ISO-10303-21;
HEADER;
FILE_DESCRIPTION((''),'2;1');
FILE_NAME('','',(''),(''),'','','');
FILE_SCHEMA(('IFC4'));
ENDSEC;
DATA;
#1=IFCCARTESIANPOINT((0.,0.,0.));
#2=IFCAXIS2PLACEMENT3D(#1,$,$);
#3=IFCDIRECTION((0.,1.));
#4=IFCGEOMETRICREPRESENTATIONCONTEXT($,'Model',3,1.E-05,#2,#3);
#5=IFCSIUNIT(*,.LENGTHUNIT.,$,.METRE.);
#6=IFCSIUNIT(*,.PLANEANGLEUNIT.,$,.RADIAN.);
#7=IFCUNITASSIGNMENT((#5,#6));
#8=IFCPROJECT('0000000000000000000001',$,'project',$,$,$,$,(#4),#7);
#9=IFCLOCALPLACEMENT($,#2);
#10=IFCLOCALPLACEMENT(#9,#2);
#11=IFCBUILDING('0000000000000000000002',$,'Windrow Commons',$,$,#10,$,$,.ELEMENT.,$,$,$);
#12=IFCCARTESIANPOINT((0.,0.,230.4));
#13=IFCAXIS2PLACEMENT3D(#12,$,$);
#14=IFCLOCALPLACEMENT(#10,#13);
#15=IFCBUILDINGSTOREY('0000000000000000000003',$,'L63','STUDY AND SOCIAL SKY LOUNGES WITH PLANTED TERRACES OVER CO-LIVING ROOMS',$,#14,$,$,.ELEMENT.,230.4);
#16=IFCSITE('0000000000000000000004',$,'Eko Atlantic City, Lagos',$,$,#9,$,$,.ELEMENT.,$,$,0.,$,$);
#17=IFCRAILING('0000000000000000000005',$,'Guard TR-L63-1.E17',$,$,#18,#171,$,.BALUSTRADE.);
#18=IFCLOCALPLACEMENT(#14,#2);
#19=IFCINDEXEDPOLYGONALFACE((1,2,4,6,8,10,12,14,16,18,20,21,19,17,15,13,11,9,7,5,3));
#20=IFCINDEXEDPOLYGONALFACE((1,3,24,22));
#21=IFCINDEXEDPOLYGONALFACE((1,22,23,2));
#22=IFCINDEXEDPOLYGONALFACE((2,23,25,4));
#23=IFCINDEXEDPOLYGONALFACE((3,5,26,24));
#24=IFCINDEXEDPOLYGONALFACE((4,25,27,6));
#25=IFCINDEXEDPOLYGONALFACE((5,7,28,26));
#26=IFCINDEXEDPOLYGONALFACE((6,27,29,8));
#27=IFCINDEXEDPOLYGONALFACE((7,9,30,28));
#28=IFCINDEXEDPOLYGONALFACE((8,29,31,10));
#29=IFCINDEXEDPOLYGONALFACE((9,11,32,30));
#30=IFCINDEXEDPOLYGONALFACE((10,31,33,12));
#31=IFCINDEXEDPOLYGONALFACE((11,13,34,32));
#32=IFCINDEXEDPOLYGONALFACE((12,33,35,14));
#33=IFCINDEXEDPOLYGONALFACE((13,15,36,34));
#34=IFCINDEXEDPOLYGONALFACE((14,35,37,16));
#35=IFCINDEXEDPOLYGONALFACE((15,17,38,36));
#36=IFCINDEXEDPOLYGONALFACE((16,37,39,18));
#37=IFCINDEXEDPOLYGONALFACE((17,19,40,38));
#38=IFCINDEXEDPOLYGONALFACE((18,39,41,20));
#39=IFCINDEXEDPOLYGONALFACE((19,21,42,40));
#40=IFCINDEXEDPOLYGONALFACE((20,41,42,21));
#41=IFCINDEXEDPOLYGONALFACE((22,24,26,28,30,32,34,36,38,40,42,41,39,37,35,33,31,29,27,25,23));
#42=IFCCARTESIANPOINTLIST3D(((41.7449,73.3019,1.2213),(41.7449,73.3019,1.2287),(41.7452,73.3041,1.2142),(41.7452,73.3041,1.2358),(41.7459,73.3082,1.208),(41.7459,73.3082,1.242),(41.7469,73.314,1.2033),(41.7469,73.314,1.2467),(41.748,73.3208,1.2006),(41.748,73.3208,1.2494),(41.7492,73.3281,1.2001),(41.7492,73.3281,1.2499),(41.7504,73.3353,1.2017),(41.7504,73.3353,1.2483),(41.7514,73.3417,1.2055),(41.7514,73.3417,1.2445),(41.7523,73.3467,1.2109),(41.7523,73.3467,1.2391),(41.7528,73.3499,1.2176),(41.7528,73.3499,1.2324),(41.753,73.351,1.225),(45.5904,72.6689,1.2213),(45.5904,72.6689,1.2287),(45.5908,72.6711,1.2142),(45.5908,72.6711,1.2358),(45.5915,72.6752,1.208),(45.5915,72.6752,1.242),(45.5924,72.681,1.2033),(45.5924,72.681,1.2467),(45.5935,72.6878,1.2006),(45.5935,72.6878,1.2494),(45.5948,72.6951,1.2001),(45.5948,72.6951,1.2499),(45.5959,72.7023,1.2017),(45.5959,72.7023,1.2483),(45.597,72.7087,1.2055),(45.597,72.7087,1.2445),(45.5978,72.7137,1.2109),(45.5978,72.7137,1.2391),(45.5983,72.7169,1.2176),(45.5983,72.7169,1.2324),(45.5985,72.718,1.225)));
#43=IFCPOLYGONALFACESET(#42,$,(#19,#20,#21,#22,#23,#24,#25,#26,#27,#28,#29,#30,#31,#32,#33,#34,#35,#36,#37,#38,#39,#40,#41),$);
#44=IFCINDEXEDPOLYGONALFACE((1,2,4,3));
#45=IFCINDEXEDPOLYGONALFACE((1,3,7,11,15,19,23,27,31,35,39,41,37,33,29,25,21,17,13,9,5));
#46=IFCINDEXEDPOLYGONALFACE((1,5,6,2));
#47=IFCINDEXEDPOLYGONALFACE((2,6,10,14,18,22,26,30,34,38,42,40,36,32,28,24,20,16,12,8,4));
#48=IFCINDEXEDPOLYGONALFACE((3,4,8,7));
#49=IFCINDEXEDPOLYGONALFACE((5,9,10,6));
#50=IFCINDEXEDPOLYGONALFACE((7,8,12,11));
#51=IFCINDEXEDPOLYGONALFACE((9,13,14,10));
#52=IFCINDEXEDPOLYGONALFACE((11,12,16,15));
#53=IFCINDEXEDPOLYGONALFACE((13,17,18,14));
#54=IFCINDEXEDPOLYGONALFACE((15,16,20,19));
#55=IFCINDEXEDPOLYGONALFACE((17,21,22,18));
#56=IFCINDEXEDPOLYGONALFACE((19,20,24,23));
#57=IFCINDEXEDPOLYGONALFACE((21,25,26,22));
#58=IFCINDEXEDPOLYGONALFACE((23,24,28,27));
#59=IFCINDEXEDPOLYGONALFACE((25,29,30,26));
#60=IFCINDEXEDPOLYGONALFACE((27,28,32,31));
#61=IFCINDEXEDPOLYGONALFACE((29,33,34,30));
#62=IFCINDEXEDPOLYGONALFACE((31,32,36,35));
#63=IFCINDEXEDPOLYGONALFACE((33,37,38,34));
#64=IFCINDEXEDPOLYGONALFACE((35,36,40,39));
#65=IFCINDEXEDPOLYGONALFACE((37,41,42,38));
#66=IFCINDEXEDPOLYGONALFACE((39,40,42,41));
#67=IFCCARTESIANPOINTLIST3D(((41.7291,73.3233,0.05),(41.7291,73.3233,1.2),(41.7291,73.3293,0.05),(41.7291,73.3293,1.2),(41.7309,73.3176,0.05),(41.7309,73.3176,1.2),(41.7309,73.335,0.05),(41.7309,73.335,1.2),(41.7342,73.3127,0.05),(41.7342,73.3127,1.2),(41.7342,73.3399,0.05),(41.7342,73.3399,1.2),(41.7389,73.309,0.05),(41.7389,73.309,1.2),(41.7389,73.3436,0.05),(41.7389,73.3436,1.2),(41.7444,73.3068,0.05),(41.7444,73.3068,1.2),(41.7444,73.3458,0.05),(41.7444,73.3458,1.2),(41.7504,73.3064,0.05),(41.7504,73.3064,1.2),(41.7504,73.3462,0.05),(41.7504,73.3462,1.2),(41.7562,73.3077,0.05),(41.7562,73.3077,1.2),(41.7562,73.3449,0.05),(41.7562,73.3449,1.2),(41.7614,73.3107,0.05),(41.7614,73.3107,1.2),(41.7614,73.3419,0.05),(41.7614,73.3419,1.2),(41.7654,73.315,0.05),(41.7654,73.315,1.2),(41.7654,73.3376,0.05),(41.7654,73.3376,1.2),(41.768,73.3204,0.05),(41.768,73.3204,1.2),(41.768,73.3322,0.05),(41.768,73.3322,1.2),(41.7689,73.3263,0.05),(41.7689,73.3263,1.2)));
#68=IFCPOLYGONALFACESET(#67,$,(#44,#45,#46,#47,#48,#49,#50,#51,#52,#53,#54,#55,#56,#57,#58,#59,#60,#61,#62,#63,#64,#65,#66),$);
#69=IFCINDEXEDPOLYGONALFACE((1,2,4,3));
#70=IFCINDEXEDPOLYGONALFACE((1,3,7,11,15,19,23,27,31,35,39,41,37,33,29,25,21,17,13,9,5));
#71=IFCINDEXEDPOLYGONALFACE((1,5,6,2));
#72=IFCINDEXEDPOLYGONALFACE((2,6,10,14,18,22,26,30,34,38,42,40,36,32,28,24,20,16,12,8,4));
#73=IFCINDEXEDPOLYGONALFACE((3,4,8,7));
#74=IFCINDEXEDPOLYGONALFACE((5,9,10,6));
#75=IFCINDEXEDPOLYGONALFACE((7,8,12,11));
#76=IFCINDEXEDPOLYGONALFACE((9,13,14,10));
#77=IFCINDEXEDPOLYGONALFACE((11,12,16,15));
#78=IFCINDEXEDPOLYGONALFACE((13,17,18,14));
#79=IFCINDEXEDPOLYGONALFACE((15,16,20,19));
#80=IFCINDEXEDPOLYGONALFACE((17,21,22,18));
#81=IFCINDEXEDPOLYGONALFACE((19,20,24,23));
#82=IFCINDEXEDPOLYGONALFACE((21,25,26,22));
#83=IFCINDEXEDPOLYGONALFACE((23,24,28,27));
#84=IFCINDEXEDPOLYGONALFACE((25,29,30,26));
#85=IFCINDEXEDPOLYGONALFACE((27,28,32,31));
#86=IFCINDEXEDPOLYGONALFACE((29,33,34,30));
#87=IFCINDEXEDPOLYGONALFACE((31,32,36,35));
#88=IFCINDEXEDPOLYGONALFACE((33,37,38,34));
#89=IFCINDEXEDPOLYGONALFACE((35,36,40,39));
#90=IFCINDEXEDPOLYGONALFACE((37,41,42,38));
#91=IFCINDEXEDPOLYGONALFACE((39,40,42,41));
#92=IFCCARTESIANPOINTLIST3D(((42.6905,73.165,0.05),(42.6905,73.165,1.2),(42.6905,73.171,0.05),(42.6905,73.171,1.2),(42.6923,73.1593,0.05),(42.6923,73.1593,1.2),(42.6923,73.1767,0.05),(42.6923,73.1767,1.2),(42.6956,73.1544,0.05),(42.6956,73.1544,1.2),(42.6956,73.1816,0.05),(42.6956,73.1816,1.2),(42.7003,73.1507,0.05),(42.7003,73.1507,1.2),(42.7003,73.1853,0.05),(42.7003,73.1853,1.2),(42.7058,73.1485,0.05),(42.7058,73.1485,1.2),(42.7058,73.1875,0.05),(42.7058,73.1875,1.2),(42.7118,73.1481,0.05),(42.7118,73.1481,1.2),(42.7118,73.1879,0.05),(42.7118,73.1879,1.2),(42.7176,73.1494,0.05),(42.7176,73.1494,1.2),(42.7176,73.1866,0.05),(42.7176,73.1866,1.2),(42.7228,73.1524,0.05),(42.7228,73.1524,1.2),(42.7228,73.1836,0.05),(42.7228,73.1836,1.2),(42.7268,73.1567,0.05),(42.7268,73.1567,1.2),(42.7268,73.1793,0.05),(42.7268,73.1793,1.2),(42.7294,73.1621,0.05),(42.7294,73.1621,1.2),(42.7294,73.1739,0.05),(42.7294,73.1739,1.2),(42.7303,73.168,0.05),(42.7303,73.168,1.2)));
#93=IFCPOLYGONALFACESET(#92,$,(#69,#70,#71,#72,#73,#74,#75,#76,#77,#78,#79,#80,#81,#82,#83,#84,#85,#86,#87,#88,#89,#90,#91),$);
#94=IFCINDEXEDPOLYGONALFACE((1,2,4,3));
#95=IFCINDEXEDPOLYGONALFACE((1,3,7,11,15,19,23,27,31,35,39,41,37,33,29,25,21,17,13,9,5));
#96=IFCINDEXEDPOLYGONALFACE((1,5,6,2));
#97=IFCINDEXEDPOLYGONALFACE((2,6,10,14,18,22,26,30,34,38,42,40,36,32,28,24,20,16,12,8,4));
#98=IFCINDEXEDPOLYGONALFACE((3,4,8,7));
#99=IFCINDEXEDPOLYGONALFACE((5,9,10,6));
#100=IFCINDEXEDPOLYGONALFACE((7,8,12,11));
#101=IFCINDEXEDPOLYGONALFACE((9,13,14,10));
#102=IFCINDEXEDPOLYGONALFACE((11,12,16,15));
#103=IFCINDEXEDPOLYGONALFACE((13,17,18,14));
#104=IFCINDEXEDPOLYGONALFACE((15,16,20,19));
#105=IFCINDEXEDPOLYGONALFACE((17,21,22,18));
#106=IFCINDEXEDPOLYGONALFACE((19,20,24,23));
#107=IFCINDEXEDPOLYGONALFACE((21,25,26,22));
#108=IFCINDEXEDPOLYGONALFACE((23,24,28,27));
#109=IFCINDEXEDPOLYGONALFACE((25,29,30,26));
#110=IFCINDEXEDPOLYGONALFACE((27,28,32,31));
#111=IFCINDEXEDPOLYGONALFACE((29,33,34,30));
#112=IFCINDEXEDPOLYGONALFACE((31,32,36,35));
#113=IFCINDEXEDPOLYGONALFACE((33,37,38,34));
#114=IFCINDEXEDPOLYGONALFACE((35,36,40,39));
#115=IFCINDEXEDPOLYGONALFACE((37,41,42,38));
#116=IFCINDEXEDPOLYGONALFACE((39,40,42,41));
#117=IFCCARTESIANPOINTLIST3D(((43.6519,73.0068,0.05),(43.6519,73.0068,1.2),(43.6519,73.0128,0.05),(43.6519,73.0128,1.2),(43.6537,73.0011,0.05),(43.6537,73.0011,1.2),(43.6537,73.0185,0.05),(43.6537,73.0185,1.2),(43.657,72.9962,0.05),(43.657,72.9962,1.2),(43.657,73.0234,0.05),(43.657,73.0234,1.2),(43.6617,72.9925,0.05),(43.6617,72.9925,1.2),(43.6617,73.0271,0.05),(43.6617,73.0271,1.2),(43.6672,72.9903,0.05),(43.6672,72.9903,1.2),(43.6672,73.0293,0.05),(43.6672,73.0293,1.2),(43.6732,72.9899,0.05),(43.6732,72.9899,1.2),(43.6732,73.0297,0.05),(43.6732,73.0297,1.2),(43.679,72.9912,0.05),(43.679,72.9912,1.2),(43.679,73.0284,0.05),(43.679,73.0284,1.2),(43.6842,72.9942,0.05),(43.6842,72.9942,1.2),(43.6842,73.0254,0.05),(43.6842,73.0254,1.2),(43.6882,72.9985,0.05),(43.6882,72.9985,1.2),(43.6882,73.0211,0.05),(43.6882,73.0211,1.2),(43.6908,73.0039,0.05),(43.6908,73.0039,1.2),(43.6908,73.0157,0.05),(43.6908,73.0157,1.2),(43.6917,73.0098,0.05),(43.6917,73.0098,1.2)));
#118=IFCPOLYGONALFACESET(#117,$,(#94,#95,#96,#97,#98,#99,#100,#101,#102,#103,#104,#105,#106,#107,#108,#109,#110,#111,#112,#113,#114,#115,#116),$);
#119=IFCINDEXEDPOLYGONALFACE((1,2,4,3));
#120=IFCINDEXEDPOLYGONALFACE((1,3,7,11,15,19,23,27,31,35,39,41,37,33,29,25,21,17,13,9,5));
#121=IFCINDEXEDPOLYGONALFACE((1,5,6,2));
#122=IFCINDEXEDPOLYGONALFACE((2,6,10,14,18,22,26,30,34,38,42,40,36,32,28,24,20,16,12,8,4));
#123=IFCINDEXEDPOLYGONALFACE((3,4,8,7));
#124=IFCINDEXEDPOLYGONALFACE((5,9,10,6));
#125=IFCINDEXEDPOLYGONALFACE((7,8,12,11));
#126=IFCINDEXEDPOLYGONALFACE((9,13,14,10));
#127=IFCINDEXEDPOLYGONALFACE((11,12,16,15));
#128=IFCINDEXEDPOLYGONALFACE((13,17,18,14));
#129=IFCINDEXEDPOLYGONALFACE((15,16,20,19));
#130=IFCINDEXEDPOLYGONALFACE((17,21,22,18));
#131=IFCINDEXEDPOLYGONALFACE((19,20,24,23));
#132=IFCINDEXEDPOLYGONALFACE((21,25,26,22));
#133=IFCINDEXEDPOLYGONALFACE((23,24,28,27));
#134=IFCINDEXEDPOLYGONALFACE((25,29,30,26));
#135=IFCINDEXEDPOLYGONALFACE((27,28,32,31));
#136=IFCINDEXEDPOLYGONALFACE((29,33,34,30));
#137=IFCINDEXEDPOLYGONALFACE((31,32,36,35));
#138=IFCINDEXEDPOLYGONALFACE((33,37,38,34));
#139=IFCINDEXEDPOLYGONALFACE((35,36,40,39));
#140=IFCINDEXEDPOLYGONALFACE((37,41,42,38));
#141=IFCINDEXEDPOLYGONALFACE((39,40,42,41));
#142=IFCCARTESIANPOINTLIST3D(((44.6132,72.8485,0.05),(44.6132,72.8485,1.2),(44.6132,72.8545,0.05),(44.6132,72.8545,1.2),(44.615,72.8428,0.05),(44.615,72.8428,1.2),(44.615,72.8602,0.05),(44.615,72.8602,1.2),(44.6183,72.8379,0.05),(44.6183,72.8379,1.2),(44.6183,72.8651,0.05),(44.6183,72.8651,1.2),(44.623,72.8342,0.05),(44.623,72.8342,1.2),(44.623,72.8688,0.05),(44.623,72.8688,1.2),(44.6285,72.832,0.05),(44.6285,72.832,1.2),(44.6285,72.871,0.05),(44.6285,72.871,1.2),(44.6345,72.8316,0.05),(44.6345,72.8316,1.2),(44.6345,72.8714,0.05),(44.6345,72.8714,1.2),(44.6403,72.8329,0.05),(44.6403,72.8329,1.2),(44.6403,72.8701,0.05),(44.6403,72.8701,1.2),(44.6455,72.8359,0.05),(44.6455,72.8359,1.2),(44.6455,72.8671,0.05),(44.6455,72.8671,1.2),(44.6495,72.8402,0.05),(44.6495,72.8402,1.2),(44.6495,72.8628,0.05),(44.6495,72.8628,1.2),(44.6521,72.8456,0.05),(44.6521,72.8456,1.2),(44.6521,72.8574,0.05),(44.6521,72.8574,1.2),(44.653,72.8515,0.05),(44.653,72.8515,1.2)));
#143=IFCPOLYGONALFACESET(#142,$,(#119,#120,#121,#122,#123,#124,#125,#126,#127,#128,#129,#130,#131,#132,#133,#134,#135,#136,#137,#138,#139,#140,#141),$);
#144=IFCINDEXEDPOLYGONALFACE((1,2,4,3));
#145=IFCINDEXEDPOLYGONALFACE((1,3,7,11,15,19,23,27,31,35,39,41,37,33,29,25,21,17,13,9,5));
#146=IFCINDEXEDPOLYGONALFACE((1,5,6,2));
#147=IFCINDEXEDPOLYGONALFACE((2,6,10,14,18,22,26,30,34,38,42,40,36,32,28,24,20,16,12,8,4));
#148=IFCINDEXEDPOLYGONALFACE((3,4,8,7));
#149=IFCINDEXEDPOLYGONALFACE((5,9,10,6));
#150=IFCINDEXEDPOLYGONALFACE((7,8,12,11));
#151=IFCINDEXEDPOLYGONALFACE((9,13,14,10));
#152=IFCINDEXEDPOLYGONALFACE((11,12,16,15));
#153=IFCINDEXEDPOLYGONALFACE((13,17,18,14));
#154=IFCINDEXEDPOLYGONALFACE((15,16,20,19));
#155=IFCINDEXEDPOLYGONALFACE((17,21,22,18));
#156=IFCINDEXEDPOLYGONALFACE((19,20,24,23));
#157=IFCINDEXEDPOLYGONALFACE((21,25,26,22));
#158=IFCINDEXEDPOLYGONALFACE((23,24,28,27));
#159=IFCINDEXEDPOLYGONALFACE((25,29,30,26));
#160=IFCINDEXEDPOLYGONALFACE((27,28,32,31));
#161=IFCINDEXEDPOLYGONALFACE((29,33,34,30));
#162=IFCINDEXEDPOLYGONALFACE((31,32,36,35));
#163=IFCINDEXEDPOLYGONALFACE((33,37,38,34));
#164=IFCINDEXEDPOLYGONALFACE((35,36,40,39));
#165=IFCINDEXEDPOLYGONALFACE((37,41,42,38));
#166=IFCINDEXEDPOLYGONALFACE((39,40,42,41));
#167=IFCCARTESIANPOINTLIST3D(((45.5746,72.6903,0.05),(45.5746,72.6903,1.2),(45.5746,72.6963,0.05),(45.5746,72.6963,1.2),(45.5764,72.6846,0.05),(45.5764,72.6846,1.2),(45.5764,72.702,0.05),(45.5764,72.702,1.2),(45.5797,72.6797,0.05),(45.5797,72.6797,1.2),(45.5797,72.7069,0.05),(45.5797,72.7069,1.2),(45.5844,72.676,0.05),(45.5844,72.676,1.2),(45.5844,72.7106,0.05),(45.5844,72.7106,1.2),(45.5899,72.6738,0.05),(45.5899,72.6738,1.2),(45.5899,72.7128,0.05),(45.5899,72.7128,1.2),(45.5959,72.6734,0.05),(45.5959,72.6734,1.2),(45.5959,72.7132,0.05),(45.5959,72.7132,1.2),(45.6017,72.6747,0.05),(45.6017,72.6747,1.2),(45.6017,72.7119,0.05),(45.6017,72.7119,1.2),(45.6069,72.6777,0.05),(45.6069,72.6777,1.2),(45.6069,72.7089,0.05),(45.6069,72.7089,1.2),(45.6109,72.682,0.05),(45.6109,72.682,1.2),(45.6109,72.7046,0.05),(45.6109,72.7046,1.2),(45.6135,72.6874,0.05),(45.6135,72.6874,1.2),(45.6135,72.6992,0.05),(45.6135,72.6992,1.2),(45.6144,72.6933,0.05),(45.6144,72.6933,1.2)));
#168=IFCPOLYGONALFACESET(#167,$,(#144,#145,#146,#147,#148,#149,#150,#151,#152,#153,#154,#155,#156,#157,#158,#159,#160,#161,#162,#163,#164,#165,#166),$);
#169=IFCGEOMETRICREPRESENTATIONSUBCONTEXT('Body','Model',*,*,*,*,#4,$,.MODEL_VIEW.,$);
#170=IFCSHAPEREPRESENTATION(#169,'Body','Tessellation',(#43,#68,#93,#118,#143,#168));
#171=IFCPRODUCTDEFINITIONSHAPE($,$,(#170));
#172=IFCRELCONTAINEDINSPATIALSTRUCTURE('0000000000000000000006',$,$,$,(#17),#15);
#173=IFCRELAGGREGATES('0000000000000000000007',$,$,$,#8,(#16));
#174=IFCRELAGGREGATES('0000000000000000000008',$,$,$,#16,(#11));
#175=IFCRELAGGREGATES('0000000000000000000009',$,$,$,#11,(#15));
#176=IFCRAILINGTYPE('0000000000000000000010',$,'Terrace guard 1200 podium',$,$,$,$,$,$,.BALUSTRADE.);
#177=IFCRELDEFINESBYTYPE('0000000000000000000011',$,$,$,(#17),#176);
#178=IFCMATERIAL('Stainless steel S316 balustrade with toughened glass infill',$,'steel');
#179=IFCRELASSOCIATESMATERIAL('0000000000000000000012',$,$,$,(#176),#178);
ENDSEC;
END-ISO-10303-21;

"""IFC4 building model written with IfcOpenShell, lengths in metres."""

from ifc_helpers import new_model, si_unit, direction, frame, origin, origin_2d, place, context, subcontext, project, spatial, circle, extrude, material, type_object, element, save


model = new_model("IFC4")

# Units and contexts
model_context = context("Model", 3, precision=1e-05, world=origin(), true_north=direction((0.0, 1.0)))
body_context = subcontext(model_context, "Body", "Model", "MODEL_VIEW")
ifc_project = project(units=[si_unit("LENGTHUNIT", "METRE"), si_unit("PLANEANGLEUNIT", "RADIAN")], contexts=[model_context])

# Site, building, storey
site_placement = place(None, origin())
site = spatial("IfcSite", under=ifc_project, at=site_placement, Name="Eko Atlantic City, Lagos", CompositionType="ELEMENT", RefElevation=0.0)
building_placement = place(site_placement, origin())
building = spatial("IfcBuilding", under=site, at=building_placement, Name="Windrow Commons", CompositionType="ELEMENT")
storey_placement = place(building_placement, frame((0.0, 0.0, 230.4)))
storey = spatial("IfcBuildingStorey", under=building, at=storey_placement, Name="L63", Description="STUDY AND SOCIAL SKY LOUNGES WITH PLANTED TERRACES OVER CO-LIVING ROOMS", CompositionType="ELEMENT", Elevation=230.4)

# Railing
ifc_material_1 = material(Name="Stainless steel S316 balustrade with toughened glass infill", Category="steel")
railing_type = type_object("IfcRailingType", Name="Terrace guard 1200 podium", PredefinedType="BALUSTRADE", material=ifc_material_1)
railing_1_placement = place(storey_placement, frame((41.7489, 73.3263, 0.05)))
element("IfcRailing", 1, at=railing_1_placement, inside=storey, type_object=railing_type, Name="Guard TR-L63-1.E17", PredefinedType="BALUSTRADE", context=body_context, shape_type="SweptSolid", body=[
    extrude(circle(Radius=0.025, at=origin_2d()), frame((0.0, 0.0, 1.175), z_axis=(0.986721, -0.162422, 0.0), x_axis=(0.162422, 0.986721, 0.0)), (0.0, 0.0, 1.0), 3.8973),
    extrude(circle(Radius=0.02, at=origin_2d()), origin(), (0.0, 0.0, 1.0), 1.15),
    extrude(circle(Radius=0.02, at=origin_2d()), frame((0.9614, -0.1583, 0.0)), (0.0, 0.0, 1.0), 1.15),
    extrude(circle(Radius=0.02, at=origin_2d()), frame((1.9228, -0.3165, 0.0)), (0.0, 0.0, 1.0), 1.15),
    extrude(circle(Radius=0.02, at=origin_2d()), frame((2.8841, -0.4748, 0.0)), (0.0, 0.0, 1.0), 1.15),
    extrude(circle(Radius=0.02, at=origin_2d()), frame((3.8455, -0.633, 0.0)), (0.0, 0.0, 1.0), 1.15),
])

save(model, "model.ifc")
